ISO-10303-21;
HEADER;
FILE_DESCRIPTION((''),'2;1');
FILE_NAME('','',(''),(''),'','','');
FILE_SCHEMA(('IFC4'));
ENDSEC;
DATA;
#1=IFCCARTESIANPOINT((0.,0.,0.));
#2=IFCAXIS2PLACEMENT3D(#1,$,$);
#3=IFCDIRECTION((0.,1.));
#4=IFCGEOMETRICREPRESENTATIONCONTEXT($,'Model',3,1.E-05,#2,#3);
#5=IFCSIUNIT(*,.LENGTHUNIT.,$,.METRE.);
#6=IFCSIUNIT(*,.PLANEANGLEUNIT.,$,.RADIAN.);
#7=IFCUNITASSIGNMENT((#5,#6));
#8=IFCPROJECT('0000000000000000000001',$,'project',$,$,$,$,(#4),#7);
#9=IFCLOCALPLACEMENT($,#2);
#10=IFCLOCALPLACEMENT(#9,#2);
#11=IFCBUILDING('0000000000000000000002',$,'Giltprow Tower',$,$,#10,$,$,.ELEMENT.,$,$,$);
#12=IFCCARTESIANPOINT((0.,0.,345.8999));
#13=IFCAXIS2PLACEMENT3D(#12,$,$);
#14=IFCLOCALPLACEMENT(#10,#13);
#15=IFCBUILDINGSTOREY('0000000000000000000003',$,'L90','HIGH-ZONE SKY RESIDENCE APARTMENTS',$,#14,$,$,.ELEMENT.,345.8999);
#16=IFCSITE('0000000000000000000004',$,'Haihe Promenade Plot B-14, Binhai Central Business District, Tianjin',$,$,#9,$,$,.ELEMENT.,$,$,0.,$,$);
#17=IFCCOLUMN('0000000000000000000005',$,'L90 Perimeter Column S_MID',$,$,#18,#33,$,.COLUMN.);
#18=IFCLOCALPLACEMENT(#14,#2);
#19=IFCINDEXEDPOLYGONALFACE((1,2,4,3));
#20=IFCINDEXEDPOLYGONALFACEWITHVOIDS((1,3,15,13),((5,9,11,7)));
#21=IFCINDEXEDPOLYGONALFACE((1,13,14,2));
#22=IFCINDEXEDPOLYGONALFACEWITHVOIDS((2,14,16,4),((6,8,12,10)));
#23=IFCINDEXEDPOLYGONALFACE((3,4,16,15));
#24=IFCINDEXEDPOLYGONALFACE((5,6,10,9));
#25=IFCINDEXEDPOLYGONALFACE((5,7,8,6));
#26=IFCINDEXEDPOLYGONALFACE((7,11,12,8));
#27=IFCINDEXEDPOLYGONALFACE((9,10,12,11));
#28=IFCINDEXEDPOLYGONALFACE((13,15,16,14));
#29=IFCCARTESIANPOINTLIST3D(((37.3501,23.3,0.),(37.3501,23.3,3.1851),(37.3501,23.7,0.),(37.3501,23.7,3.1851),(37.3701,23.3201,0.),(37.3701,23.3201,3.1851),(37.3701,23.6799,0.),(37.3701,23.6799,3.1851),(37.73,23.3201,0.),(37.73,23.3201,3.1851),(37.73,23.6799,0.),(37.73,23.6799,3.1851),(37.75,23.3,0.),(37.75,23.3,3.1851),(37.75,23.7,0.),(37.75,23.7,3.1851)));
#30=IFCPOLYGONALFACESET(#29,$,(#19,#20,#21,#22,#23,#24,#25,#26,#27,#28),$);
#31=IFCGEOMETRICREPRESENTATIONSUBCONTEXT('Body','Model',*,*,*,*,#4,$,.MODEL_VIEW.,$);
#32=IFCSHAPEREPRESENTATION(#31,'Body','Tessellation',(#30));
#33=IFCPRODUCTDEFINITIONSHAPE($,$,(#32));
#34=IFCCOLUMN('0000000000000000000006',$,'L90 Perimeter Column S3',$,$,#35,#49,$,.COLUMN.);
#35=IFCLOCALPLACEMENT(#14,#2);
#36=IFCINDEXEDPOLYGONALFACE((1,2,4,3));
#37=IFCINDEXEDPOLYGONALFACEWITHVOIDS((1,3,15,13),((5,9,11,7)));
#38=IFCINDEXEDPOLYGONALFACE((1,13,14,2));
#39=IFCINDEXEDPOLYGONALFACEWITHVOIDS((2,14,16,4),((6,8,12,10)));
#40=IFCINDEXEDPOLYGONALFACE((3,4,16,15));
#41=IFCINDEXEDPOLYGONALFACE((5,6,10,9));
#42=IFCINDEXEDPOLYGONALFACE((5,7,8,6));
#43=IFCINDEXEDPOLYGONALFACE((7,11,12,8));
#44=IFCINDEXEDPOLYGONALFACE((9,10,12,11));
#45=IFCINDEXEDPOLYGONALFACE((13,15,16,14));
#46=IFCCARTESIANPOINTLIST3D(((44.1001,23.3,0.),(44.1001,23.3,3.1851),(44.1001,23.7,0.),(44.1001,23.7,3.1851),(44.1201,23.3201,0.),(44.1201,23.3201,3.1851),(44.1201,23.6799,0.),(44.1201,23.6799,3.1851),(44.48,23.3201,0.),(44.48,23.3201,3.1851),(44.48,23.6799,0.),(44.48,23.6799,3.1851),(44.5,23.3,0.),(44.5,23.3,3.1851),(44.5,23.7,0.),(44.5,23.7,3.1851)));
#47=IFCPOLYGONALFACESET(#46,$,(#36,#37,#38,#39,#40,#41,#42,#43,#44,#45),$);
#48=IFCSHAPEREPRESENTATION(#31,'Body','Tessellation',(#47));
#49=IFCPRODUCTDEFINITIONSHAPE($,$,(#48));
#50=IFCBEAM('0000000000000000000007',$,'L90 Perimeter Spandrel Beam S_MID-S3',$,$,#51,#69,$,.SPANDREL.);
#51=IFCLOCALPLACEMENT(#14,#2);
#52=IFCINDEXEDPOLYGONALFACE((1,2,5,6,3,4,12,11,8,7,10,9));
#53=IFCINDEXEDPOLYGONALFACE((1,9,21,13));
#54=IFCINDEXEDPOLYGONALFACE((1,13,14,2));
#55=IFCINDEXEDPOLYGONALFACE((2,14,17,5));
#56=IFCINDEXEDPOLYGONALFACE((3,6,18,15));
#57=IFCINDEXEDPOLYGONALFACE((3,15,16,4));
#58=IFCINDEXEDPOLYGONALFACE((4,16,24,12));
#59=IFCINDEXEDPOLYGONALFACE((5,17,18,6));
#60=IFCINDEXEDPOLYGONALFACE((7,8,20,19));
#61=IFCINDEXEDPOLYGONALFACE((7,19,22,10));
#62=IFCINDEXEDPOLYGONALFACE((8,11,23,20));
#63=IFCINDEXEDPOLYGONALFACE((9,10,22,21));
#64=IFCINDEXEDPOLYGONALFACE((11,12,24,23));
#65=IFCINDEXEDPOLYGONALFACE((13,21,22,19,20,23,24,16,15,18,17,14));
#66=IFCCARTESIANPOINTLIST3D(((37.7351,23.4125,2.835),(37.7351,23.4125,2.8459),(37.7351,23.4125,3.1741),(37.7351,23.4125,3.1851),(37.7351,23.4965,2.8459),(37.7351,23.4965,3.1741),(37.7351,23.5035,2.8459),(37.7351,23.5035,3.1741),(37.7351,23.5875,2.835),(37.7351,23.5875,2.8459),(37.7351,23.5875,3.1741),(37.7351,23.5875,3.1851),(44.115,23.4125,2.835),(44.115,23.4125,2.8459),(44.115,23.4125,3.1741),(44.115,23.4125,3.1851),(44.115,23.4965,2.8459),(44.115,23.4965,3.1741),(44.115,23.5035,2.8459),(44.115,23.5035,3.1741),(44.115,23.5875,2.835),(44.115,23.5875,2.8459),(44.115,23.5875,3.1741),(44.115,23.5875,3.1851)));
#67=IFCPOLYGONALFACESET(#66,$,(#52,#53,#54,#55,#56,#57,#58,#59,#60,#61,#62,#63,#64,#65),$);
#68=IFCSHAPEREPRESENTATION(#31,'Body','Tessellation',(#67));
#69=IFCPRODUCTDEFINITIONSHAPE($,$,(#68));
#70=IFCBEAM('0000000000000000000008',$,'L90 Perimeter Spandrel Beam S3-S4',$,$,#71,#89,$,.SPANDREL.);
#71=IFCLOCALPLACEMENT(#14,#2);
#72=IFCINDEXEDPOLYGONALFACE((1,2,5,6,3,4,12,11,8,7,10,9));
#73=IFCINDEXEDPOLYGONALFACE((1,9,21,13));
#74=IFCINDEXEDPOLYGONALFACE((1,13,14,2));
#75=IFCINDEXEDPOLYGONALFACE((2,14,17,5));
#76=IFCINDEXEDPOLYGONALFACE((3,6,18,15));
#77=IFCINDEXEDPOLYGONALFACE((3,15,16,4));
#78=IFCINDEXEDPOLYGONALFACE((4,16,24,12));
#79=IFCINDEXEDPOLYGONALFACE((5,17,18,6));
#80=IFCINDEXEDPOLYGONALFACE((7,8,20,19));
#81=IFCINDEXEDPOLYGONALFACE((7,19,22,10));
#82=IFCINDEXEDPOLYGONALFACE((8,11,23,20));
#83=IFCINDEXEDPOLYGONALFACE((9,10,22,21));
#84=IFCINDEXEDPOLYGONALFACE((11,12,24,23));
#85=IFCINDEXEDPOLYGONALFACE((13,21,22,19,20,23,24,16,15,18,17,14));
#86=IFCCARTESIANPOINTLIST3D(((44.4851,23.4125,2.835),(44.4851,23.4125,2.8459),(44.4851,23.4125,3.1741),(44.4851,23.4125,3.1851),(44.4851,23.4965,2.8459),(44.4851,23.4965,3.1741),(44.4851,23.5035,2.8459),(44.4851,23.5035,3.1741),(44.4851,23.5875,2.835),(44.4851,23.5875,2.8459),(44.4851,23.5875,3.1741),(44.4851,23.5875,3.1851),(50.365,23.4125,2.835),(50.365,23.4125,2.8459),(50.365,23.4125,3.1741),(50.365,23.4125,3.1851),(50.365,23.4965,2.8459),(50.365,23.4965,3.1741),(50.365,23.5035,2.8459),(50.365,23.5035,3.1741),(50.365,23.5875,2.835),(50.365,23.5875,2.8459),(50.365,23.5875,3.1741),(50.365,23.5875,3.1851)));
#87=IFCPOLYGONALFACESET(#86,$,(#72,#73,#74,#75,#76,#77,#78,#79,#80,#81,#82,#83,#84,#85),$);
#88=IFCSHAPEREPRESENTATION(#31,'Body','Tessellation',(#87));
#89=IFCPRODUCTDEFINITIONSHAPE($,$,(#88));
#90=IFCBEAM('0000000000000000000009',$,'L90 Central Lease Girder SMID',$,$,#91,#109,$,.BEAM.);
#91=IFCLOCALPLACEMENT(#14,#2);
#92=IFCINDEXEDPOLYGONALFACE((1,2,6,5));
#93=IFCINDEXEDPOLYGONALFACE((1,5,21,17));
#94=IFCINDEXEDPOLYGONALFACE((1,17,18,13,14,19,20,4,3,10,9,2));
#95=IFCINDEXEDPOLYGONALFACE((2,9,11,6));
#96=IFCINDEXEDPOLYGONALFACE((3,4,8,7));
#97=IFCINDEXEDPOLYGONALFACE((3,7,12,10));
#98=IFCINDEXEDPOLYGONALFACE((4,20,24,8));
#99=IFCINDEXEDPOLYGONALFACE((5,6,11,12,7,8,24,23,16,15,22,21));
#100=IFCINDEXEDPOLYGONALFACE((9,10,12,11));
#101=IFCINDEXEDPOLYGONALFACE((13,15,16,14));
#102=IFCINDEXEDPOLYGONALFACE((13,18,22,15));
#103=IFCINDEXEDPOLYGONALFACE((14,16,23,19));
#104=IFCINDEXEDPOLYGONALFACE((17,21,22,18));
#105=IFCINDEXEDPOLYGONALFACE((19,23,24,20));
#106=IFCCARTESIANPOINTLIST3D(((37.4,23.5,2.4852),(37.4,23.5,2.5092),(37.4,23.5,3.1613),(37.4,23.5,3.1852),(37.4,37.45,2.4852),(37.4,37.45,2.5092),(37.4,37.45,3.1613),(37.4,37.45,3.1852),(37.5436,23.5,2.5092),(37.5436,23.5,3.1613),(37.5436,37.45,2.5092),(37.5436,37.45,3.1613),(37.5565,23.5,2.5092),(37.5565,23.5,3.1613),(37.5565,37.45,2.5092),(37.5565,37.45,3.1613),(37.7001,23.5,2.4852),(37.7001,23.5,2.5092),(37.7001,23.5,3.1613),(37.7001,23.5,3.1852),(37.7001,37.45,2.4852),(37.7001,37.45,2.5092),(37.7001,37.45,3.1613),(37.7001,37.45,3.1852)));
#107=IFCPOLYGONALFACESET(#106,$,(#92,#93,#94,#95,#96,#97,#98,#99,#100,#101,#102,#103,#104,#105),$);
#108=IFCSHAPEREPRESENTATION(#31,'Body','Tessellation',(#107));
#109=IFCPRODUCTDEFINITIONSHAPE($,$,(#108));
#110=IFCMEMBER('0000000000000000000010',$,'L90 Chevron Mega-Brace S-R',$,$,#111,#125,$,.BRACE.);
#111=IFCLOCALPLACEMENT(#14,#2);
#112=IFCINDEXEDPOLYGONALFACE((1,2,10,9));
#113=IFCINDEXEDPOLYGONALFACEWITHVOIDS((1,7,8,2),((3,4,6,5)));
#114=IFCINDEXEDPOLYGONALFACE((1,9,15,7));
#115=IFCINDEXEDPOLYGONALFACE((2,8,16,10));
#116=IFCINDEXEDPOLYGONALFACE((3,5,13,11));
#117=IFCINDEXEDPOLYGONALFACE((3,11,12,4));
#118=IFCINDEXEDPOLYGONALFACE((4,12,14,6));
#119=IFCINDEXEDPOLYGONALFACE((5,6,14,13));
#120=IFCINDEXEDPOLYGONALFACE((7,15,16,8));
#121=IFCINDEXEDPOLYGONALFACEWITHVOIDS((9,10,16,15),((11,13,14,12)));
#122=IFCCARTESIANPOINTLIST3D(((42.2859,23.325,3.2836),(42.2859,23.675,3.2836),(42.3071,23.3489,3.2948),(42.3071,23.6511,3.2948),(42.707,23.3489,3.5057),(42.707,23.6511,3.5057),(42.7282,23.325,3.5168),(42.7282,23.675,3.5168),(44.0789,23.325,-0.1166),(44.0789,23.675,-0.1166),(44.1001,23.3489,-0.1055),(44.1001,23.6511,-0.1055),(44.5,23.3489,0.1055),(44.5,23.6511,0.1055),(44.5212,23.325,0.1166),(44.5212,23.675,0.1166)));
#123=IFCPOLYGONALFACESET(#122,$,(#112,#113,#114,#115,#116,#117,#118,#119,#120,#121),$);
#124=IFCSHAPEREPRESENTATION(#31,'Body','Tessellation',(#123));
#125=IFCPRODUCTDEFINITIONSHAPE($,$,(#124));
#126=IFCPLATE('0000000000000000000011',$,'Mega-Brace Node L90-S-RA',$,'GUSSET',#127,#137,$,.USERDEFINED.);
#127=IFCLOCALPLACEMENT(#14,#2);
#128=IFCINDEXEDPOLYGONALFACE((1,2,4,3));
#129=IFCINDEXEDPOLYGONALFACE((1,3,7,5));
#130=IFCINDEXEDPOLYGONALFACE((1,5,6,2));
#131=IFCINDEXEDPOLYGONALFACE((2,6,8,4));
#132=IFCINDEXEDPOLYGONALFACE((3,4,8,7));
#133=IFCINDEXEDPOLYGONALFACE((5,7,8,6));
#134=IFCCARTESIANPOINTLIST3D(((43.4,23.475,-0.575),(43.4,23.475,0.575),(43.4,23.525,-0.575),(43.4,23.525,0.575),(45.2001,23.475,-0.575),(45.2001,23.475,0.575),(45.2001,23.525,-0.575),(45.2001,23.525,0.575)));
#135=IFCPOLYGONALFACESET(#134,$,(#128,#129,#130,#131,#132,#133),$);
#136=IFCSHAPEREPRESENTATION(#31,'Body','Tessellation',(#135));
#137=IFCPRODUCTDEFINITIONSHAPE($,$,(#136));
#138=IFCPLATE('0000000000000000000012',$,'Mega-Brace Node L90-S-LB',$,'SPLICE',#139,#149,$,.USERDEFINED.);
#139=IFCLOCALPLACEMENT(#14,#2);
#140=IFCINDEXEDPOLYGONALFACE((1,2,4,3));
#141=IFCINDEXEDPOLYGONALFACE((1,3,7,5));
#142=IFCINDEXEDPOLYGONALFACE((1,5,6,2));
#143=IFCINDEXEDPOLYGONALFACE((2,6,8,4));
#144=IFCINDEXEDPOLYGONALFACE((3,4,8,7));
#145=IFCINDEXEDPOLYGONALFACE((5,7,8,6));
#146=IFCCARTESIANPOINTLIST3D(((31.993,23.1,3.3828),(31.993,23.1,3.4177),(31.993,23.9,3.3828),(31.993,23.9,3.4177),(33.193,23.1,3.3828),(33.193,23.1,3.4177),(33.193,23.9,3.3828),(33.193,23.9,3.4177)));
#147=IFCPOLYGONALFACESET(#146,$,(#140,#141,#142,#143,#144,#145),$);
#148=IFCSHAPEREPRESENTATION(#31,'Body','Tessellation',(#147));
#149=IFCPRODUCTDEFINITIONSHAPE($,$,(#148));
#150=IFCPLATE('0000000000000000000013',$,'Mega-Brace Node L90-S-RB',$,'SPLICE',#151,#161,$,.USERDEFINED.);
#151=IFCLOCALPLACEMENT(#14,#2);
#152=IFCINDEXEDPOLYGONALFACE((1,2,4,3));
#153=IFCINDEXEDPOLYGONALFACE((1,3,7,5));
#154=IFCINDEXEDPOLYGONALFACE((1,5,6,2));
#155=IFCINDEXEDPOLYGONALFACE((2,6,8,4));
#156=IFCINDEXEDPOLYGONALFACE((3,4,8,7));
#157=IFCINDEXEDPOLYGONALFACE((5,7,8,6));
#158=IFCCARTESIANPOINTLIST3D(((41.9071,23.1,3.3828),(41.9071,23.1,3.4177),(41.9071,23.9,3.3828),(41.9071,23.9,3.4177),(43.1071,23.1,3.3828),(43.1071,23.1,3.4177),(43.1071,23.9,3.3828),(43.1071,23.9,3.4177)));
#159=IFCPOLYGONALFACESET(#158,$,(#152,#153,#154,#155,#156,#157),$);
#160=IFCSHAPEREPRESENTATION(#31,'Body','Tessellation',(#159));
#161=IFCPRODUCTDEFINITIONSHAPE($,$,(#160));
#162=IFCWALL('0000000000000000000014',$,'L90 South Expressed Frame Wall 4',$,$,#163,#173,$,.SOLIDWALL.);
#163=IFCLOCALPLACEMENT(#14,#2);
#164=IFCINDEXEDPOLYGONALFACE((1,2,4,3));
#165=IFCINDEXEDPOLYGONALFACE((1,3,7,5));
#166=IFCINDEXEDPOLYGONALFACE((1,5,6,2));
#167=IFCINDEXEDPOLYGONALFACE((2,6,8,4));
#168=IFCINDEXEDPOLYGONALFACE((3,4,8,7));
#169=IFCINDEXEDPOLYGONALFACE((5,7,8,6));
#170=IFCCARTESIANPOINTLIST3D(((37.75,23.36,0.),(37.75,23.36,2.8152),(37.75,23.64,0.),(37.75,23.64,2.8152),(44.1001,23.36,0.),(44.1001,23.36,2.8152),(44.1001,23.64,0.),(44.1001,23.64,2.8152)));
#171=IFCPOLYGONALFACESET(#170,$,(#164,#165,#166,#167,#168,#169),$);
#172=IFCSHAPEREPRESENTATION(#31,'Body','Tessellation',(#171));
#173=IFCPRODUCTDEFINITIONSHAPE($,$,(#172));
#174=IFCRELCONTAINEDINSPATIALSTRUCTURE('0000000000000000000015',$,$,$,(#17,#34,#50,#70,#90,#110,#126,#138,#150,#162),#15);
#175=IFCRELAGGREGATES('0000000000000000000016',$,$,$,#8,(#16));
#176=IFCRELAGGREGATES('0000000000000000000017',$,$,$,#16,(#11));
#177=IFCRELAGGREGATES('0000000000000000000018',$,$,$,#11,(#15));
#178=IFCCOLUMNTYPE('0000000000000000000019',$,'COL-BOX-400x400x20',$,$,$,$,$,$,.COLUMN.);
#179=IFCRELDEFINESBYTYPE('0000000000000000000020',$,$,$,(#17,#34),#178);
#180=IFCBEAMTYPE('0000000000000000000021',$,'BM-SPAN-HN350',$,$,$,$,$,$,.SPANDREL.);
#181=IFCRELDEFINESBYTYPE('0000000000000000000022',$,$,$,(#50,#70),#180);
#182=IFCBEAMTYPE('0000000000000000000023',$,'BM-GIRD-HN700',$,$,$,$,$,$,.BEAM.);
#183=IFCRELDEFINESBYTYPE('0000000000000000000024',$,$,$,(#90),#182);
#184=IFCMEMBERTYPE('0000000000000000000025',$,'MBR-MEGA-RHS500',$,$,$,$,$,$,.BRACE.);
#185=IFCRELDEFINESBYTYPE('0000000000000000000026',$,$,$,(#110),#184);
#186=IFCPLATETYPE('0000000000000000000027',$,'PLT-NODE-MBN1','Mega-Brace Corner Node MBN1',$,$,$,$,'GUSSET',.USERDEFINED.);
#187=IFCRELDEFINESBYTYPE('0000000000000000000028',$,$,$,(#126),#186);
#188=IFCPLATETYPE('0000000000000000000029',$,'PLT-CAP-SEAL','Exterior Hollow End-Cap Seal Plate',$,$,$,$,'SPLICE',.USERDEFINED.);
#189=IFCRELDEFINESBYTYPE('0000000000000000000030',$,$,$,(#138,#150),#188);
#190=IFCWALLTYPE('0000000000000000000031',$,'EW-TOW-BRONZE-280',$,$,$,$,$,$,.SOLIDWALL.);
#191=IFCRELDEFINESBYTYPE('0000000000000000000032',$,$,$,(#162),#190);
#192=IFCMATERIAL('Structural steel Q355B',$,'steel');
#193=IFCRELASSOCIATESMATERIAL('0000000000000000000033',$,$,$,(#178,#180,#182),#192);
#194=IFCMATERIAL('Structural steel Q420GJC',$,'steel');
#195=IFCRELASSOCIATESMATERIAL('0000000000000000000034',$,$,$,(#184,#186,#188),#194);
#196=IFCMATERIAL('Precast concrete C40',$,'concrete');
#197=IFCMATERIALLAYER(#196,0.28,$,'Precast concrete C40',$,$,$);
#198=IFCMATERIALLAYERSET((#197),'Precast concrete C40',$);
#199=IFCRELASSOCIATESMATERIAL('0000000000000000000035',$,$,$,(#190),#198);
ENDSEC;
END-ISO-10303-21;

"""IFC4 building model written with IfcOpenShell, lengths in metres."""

from ifc_helpers import new_model, si_unit, direction, frame, frame_2d, origin, origin_2d, place, context, subcontext, project, spatial, rectangle, hollow_rectangle, i_section, extrude, source, transform, mapped, material, layer, layer_set, material_profile, profile_set, type_object, element, save


model = new_model("IFC4")

# Units and contexts
model_context = context("Model", 3, precision=1e-05, world=origin(), true_north=direction((0.0, 1.0)))
body_context = subcontext(model_context, "Body", "Model", "MODEL_VIEW")
ifc_project = project(units=[si_unit("LENGTHUNIT", "METRE"), si_unit("PLANEANGLEUNIT", "RADIAN")], contexts=[model_context])

# Site, building, storey
site_placement = place(None, origin())
site = spatial("IfcSite", under=ifc_project, at=site_placement, Name="Haihe Promenade Plot B-14, Binhai Central Business District, Tianjin", CompositionType="ELEMENT", RefElevation=0.0)
building_placement = place(site_placement, origin())
building = spatial("IfcBuilding", under=site, at=building_placement, Name="Giltprow Tower", CompositionType="ELEMENT")
storey_placement = place(building_placement, frame((0.0, 0.0, 345.8999)))
storey = spatial("IfcBuildingStorey", under=building, at=storey_placement, Name="L90", Description="HIGH-ZONE SKY RESIDENCE APARTMENTS", CompositionType="ELEMENT", Elevation=345.8999)

# Columns
ifc_material_1 = material(Name="Structural steel Q355B", Category="steel")
ifc_material_profile_1 = material_profile(ifc_material_1, hollow_rectangle(XDim=0.3999, YDim=0.3999, WallThickness=0.02, at=origin_2d()), Name="BOX 400x400x20")
ifc_profile_set_1 = profile_set([ifc_material_profile_1], Name="Structural steel Q355B")
column_type = type_object("IfcColumnType", Name="COL-BOX-400x400x20", PredefinedType="COLUMN", material=ifc_profile_set_1)
shared_shape_1 = source(origin(), body_context, "Body", "SweptSolid", [
    extrude(hollow_rectangle(XDim=0.3999, YDim=0.3999, WallThickness=0.02, at=origin_2d()), origin(), (0.0, 0.0, 1.0), 3.1851),
])
for number, where, z_axis, x_axis, name in (
    (1, (37.55, 23.5, 0.0), (0.0, 0.0, 1.0), (1.0, 0.0, 0.0), "L90 Perimeter Column S_MID"),
    (2, (44.3, 23.5, 0.0), (0.0, 0.0, 1.0), (1.0, 0.0, 0.0), "L90 Perimeter Column S3"),
):
    element("IfcColumn", number, at=place(storey_placement, frame(where, z_axis=z_axis, x_axis=x_axis)), inside=storey, type_object=column_type, Name=name, PredefinedType="COLUMN", context=body_context, shape_type="MappedRepresentation", body=[
        mapped(shared_shape_1, transform((0.0, 0.0, 0.0), x_axis=(1.0, 0.0, 0.0), y_axis=(0.0, 1.0, 0.0), z_axis=(0.0, 0.0, 1.0), scale=1.0)),
    ])

# Beams
ifc_material_profile_2 = material_profile(ifc_material_1, i_section(OverallWidth=0.175, OverallDepth=0.3501, WebThickness=0.0071, FlangeThickness=0.011, at=origin_2d()), Name="HN 350x175x7x11")
ifc_profile_set_2 = profile_set([ifc_material_profile_2], Name="Structural steel Q355B")
beam_type_1 = type_object("IfcBeamType", Name="BM-SPAN-HN350", PredefinedType="SPANDREL", material=ifc_profile_set_2)
shared_shape_2 = source(origin(), body_context, "Body", "SweptSolid", [
    extrude(i_section(OverallWidth=0.175, OverallDepth=0.3501, WebThickness=0.0071, FlangeThickness=0.011, at=origin_2d()), origin(), (0.0, 0.0, 1.0), 6.3799),
])
beam_1_placement = place(storey_placement, frame((37.7351, 23.5, 3.01), z_axis=(1.0, 0.0, 0.0), x_axis=(0.0, 1.0, 0.0)))
element("IfcBeam", 3, at=beam_1_placement, inside=storey, type_object=beam_type_1, Name="L90 Perimeter Spandrel Beam S_MID-S3", PredefinedType="SPANDREL", context=body_context, shape_type="MappedRepresentation", body=[
    mapped(shared_shape_2, transform((0.0, 0.0, 0.0), x_axis=(1.0, 0.0, 0.0), y_axis=(0.0, 1.0, 0.0), z_axis=(0.0, 0.0, 1.0), scale=1.0)),
])
shared_shape_3 = source(origin(), body_context, "Body", "SweptSolid", [
    extrude(i_section(OverallWidth=0.175, OverallDepth=0.3501, WebThickness=0.0071, FlangeThickness=0.011, at=origin_2d()), origin(), (0.0, 0.0, 1.0), 5.8799),
])
beam_2_placement = place(storey_placement, frame((44.4851, 23.5, 3.01), z_axis=(1.0, 0.0, 0.0), x_axis=(0.0, 1.0, 0.0)))
element("IfcBeam", 4, at=beam_2_placement, inside=storey, type_object=beam_type_1, Name="L90 Perimeter Spandrel Beam S3-S4", PredefinedType="SPANDREL", context=body_context, shape_type="MappedRepresentation", body=[
    mapped(shared_shape_3, transform((0.0, 0.0, 0.0), x_axis=(1.0, 0.0, 0.0), y_axis=(0.0, 1.0, 0.0), z_axis=(0.0, 0.0, 1.0), scale=1.0)),
])
ifc_material_profile_3 = material_profile(ifc_material_1, i_section(OverallWidth=0.3, OverallDepth=0.7, WebThickness=0.0129, FlangeThickness=0.0239, at=origin_2d()), Name="HN 700x300x13x24")
ifc_profile_set_3 = profile_set([ifc_material_profile_3], Name="Structural steel Q355B")
beam_type_2 = type_object("IfcBeamType", Name="BM-GIRD-HN700", PredefinedType="BEAM", material=ifc_profile_set_3)
shared_shape_4 = source(origin(), body_context, "Body", "SweptSolid", [
    extrude(i_section(OverallWidth=0.3, OverallDepth=0.7, WebThickness=0.0129, FlangeThickness=0.0239, at=origin_2d()), origin(), (0.0, 0.0, 1.0), 13.95),
])
beam_3_placement = place(storey_placement, frame((37.55, 23.5, 2.8352), z_axis=(0.0, 1.0, 0.0), x_axis=(-1.0, 0.0, 0.0)))
element("IfcBeam", 5, at=beam_3_placement, inside=storey, type_object=beam_type_2, Name="L90 Central Lease Girder SMID", PredefinedType="BEAM", context=body_context, shape_type="MappedRepresentation", body=[
    mapped(shared_shape_4, transform((0.0, 0.0, 0.0), x_axis=(1.0, 0.0, 0.0), y_axis=(0.0, 1.0, 0.0), z_axis=(0.0, 0.0, 1.0), scale=1.0)),
])

# Member
ifc_material_2 = material(Name="Structural steel Q420GJC", Category="steel")
ifc_material_profile_4 = material_profile(ifc_material_2, hollow_rectangle(XDim=0.3501, YDim=0.5, WallThickness=0.0239, at=origin_2d()), Name="RHS 500x350x24")
ifc_profile_set_4 = profile_set([ifc_material_profile_4], Name="Structural steel Q420GJC")
member_type = type_object("IfcMemberType", Name="MBR-MEGA-RHS500", PredefinedType="BRACE", material=ifc_profile_set_4)
shared_shape_5 = source(origin(), body_context, "Body", "SweptSolid", [
    extrude(hollow_rectangle(XDim=0.3501, YDim=0.5, WallThickness=0.0239, at=origin_2d()), origin(), (0.0, 0.0, 1.0), 3.844),
])
member_placement = place(storey_placement, frame((44.3, 23.5, 0.0), z_axis=(-0.466443, 0.0, 0.884551), x_axis=(0.0, -1.0, 0.0)))
element("IfcMember", 6, at=member_placement, inside=storey, type_object=member_type, Name="L90 Chevron Mega-Brace S-R", PredefinedType="BRACE", context=body_context, shape_type="MappedRepresentation", body=[
    mapped(shared_shape_5, transform((0.0, 0.0, 0.0), x_axis=(1.0, 0.0, 0.0), y_axis=(0.0, 1.0, 0.0), z_axis=(0.0, 0.0, 1.0), scale=1.0)),
])

# Plates
plate_type_1 = type_object("IfcPlateType", Name="PLT-NODE-MBN1", Description="Mega-Brace Corner Node MBN1", ElementType="GUSSET", PredefinedType="USERDEFINED", material=ifc_material_2)
shared_shape_6 = source(origin(), body_context, "Body", "SweptSolid", [
    extrude(rectangle(XDim=1.8, YDim=0.05, at=origin_2d()), origin(), (0.0, 0.0, 1.0), 1.1499),
])
plate_placement = place(storey_placement, frame((44.3, 23.5, -0.575), z_axis=(0.0, 0.0, 1.0), x_axis=(1.0, 0.0, 0.0)))
element("IfcPlate", 7, at=plate_placement, inside=storey, type_object=plate_type_1, Name="Mega-Brace Node L90-S-RA", ObjectType="GUSSET", PredefinedType="USERDEFINED", context=body_context, shape_type="MappedRepresentation", body=[
    mapped(shared_shape_6, transform((0.0, 0.0, 0.0), x_axis=(1.0, 0.0, 0.0), y_axis=(0.0, 1.0, 0.0), z_axis=(0.0, 0.0, 1.0), scale=1.0)),
])
plate_type_2 = type_object("IfcPlateType", Name="PLT-CAP-SEAL", Description="Exterior Hollow End-Cap Seal Plate", ElementType="SPLICE", PredefinedType="USERDEFINED", material=ifc_material_2)
shared_shape_7 = source(origin(), body_context, "Body", "SweptSolid", [
    extrude(rectangle(XDim=1.2, YDim=0.8, at=origin_2d()), origin(), (0.0, 0.0, 1.0), 0.0349),
])
for number, where, z_axis, x_axis, name in (
    (8, (32.593, 23.5, 3.3828), (0.0, 0.0, 1.0), (1.0, 0.0, 0.0), "Mega-Brace Node L90-S-LB"),
    (9, (42.5071, 23.5, 3.3828), (0.0, 0.0, 1.0), (1.0, 0.0, 0.0), "Mega-Brace Node L90-S-RB"),
):
    element("IfcPlate", number, at=place(storey_placement, frame(where, z_axis=z_axis, x_axis=x_axis)), inside=storey, type_object=plate_type_2, Name=name, ObjectType="SPLICE", PredefinedType="USERDEFINED", context=body_context, shape_type="MappedRepresentation", body=[
        mapped(shared_shape_7, transform((0.0, 0.0, 0.0), x_axis=(1.0, 0.0, 0.0), y_axis=(0.0, 1.0, 0.0), z_axis=(0.0, 0.0, 1.0), scale=1.0)),
    ])

# Wall
ifc_material_3 = material(Name="Precast concrete C40", Category="concrete")
ifc_layer_1 = layer(ifc_material_3, 0.28, Name="Precast concrete C40")
ifc_layer_set_1 = layer_set([ifc_layer_1], Name="Precast concrete C40")
wall_type_1 = type_object("IfcWallType", Name="EW-TOW-BRONZE-280", PredefinedType="SOLIDWALL", material=ifc_layer_set_1)
wall_1_placement = place(storey_placement, frame((37.75, 23.5, 0.0), z_axis=(0.0, 0.0, 1.0), x_axis=(1.0, 0.0, 0.0)))
element("IfcWall", 10, at=wall_1_placement, inside=storey, type_object=wall_type_1, Name="L90 South Expressed Frame Wall 4", PredefinedType="SOLIDWALL", context=body_context, shape_type="SweptSolid", body=[
    extrude(rectangle(XDim=6.3501, YDim=0.28, at=frame_2d((3.175, 0.0))), origin(), (0.0, 0.0, 1.0), 2.8152),
])

save(model, "model.ifc")
